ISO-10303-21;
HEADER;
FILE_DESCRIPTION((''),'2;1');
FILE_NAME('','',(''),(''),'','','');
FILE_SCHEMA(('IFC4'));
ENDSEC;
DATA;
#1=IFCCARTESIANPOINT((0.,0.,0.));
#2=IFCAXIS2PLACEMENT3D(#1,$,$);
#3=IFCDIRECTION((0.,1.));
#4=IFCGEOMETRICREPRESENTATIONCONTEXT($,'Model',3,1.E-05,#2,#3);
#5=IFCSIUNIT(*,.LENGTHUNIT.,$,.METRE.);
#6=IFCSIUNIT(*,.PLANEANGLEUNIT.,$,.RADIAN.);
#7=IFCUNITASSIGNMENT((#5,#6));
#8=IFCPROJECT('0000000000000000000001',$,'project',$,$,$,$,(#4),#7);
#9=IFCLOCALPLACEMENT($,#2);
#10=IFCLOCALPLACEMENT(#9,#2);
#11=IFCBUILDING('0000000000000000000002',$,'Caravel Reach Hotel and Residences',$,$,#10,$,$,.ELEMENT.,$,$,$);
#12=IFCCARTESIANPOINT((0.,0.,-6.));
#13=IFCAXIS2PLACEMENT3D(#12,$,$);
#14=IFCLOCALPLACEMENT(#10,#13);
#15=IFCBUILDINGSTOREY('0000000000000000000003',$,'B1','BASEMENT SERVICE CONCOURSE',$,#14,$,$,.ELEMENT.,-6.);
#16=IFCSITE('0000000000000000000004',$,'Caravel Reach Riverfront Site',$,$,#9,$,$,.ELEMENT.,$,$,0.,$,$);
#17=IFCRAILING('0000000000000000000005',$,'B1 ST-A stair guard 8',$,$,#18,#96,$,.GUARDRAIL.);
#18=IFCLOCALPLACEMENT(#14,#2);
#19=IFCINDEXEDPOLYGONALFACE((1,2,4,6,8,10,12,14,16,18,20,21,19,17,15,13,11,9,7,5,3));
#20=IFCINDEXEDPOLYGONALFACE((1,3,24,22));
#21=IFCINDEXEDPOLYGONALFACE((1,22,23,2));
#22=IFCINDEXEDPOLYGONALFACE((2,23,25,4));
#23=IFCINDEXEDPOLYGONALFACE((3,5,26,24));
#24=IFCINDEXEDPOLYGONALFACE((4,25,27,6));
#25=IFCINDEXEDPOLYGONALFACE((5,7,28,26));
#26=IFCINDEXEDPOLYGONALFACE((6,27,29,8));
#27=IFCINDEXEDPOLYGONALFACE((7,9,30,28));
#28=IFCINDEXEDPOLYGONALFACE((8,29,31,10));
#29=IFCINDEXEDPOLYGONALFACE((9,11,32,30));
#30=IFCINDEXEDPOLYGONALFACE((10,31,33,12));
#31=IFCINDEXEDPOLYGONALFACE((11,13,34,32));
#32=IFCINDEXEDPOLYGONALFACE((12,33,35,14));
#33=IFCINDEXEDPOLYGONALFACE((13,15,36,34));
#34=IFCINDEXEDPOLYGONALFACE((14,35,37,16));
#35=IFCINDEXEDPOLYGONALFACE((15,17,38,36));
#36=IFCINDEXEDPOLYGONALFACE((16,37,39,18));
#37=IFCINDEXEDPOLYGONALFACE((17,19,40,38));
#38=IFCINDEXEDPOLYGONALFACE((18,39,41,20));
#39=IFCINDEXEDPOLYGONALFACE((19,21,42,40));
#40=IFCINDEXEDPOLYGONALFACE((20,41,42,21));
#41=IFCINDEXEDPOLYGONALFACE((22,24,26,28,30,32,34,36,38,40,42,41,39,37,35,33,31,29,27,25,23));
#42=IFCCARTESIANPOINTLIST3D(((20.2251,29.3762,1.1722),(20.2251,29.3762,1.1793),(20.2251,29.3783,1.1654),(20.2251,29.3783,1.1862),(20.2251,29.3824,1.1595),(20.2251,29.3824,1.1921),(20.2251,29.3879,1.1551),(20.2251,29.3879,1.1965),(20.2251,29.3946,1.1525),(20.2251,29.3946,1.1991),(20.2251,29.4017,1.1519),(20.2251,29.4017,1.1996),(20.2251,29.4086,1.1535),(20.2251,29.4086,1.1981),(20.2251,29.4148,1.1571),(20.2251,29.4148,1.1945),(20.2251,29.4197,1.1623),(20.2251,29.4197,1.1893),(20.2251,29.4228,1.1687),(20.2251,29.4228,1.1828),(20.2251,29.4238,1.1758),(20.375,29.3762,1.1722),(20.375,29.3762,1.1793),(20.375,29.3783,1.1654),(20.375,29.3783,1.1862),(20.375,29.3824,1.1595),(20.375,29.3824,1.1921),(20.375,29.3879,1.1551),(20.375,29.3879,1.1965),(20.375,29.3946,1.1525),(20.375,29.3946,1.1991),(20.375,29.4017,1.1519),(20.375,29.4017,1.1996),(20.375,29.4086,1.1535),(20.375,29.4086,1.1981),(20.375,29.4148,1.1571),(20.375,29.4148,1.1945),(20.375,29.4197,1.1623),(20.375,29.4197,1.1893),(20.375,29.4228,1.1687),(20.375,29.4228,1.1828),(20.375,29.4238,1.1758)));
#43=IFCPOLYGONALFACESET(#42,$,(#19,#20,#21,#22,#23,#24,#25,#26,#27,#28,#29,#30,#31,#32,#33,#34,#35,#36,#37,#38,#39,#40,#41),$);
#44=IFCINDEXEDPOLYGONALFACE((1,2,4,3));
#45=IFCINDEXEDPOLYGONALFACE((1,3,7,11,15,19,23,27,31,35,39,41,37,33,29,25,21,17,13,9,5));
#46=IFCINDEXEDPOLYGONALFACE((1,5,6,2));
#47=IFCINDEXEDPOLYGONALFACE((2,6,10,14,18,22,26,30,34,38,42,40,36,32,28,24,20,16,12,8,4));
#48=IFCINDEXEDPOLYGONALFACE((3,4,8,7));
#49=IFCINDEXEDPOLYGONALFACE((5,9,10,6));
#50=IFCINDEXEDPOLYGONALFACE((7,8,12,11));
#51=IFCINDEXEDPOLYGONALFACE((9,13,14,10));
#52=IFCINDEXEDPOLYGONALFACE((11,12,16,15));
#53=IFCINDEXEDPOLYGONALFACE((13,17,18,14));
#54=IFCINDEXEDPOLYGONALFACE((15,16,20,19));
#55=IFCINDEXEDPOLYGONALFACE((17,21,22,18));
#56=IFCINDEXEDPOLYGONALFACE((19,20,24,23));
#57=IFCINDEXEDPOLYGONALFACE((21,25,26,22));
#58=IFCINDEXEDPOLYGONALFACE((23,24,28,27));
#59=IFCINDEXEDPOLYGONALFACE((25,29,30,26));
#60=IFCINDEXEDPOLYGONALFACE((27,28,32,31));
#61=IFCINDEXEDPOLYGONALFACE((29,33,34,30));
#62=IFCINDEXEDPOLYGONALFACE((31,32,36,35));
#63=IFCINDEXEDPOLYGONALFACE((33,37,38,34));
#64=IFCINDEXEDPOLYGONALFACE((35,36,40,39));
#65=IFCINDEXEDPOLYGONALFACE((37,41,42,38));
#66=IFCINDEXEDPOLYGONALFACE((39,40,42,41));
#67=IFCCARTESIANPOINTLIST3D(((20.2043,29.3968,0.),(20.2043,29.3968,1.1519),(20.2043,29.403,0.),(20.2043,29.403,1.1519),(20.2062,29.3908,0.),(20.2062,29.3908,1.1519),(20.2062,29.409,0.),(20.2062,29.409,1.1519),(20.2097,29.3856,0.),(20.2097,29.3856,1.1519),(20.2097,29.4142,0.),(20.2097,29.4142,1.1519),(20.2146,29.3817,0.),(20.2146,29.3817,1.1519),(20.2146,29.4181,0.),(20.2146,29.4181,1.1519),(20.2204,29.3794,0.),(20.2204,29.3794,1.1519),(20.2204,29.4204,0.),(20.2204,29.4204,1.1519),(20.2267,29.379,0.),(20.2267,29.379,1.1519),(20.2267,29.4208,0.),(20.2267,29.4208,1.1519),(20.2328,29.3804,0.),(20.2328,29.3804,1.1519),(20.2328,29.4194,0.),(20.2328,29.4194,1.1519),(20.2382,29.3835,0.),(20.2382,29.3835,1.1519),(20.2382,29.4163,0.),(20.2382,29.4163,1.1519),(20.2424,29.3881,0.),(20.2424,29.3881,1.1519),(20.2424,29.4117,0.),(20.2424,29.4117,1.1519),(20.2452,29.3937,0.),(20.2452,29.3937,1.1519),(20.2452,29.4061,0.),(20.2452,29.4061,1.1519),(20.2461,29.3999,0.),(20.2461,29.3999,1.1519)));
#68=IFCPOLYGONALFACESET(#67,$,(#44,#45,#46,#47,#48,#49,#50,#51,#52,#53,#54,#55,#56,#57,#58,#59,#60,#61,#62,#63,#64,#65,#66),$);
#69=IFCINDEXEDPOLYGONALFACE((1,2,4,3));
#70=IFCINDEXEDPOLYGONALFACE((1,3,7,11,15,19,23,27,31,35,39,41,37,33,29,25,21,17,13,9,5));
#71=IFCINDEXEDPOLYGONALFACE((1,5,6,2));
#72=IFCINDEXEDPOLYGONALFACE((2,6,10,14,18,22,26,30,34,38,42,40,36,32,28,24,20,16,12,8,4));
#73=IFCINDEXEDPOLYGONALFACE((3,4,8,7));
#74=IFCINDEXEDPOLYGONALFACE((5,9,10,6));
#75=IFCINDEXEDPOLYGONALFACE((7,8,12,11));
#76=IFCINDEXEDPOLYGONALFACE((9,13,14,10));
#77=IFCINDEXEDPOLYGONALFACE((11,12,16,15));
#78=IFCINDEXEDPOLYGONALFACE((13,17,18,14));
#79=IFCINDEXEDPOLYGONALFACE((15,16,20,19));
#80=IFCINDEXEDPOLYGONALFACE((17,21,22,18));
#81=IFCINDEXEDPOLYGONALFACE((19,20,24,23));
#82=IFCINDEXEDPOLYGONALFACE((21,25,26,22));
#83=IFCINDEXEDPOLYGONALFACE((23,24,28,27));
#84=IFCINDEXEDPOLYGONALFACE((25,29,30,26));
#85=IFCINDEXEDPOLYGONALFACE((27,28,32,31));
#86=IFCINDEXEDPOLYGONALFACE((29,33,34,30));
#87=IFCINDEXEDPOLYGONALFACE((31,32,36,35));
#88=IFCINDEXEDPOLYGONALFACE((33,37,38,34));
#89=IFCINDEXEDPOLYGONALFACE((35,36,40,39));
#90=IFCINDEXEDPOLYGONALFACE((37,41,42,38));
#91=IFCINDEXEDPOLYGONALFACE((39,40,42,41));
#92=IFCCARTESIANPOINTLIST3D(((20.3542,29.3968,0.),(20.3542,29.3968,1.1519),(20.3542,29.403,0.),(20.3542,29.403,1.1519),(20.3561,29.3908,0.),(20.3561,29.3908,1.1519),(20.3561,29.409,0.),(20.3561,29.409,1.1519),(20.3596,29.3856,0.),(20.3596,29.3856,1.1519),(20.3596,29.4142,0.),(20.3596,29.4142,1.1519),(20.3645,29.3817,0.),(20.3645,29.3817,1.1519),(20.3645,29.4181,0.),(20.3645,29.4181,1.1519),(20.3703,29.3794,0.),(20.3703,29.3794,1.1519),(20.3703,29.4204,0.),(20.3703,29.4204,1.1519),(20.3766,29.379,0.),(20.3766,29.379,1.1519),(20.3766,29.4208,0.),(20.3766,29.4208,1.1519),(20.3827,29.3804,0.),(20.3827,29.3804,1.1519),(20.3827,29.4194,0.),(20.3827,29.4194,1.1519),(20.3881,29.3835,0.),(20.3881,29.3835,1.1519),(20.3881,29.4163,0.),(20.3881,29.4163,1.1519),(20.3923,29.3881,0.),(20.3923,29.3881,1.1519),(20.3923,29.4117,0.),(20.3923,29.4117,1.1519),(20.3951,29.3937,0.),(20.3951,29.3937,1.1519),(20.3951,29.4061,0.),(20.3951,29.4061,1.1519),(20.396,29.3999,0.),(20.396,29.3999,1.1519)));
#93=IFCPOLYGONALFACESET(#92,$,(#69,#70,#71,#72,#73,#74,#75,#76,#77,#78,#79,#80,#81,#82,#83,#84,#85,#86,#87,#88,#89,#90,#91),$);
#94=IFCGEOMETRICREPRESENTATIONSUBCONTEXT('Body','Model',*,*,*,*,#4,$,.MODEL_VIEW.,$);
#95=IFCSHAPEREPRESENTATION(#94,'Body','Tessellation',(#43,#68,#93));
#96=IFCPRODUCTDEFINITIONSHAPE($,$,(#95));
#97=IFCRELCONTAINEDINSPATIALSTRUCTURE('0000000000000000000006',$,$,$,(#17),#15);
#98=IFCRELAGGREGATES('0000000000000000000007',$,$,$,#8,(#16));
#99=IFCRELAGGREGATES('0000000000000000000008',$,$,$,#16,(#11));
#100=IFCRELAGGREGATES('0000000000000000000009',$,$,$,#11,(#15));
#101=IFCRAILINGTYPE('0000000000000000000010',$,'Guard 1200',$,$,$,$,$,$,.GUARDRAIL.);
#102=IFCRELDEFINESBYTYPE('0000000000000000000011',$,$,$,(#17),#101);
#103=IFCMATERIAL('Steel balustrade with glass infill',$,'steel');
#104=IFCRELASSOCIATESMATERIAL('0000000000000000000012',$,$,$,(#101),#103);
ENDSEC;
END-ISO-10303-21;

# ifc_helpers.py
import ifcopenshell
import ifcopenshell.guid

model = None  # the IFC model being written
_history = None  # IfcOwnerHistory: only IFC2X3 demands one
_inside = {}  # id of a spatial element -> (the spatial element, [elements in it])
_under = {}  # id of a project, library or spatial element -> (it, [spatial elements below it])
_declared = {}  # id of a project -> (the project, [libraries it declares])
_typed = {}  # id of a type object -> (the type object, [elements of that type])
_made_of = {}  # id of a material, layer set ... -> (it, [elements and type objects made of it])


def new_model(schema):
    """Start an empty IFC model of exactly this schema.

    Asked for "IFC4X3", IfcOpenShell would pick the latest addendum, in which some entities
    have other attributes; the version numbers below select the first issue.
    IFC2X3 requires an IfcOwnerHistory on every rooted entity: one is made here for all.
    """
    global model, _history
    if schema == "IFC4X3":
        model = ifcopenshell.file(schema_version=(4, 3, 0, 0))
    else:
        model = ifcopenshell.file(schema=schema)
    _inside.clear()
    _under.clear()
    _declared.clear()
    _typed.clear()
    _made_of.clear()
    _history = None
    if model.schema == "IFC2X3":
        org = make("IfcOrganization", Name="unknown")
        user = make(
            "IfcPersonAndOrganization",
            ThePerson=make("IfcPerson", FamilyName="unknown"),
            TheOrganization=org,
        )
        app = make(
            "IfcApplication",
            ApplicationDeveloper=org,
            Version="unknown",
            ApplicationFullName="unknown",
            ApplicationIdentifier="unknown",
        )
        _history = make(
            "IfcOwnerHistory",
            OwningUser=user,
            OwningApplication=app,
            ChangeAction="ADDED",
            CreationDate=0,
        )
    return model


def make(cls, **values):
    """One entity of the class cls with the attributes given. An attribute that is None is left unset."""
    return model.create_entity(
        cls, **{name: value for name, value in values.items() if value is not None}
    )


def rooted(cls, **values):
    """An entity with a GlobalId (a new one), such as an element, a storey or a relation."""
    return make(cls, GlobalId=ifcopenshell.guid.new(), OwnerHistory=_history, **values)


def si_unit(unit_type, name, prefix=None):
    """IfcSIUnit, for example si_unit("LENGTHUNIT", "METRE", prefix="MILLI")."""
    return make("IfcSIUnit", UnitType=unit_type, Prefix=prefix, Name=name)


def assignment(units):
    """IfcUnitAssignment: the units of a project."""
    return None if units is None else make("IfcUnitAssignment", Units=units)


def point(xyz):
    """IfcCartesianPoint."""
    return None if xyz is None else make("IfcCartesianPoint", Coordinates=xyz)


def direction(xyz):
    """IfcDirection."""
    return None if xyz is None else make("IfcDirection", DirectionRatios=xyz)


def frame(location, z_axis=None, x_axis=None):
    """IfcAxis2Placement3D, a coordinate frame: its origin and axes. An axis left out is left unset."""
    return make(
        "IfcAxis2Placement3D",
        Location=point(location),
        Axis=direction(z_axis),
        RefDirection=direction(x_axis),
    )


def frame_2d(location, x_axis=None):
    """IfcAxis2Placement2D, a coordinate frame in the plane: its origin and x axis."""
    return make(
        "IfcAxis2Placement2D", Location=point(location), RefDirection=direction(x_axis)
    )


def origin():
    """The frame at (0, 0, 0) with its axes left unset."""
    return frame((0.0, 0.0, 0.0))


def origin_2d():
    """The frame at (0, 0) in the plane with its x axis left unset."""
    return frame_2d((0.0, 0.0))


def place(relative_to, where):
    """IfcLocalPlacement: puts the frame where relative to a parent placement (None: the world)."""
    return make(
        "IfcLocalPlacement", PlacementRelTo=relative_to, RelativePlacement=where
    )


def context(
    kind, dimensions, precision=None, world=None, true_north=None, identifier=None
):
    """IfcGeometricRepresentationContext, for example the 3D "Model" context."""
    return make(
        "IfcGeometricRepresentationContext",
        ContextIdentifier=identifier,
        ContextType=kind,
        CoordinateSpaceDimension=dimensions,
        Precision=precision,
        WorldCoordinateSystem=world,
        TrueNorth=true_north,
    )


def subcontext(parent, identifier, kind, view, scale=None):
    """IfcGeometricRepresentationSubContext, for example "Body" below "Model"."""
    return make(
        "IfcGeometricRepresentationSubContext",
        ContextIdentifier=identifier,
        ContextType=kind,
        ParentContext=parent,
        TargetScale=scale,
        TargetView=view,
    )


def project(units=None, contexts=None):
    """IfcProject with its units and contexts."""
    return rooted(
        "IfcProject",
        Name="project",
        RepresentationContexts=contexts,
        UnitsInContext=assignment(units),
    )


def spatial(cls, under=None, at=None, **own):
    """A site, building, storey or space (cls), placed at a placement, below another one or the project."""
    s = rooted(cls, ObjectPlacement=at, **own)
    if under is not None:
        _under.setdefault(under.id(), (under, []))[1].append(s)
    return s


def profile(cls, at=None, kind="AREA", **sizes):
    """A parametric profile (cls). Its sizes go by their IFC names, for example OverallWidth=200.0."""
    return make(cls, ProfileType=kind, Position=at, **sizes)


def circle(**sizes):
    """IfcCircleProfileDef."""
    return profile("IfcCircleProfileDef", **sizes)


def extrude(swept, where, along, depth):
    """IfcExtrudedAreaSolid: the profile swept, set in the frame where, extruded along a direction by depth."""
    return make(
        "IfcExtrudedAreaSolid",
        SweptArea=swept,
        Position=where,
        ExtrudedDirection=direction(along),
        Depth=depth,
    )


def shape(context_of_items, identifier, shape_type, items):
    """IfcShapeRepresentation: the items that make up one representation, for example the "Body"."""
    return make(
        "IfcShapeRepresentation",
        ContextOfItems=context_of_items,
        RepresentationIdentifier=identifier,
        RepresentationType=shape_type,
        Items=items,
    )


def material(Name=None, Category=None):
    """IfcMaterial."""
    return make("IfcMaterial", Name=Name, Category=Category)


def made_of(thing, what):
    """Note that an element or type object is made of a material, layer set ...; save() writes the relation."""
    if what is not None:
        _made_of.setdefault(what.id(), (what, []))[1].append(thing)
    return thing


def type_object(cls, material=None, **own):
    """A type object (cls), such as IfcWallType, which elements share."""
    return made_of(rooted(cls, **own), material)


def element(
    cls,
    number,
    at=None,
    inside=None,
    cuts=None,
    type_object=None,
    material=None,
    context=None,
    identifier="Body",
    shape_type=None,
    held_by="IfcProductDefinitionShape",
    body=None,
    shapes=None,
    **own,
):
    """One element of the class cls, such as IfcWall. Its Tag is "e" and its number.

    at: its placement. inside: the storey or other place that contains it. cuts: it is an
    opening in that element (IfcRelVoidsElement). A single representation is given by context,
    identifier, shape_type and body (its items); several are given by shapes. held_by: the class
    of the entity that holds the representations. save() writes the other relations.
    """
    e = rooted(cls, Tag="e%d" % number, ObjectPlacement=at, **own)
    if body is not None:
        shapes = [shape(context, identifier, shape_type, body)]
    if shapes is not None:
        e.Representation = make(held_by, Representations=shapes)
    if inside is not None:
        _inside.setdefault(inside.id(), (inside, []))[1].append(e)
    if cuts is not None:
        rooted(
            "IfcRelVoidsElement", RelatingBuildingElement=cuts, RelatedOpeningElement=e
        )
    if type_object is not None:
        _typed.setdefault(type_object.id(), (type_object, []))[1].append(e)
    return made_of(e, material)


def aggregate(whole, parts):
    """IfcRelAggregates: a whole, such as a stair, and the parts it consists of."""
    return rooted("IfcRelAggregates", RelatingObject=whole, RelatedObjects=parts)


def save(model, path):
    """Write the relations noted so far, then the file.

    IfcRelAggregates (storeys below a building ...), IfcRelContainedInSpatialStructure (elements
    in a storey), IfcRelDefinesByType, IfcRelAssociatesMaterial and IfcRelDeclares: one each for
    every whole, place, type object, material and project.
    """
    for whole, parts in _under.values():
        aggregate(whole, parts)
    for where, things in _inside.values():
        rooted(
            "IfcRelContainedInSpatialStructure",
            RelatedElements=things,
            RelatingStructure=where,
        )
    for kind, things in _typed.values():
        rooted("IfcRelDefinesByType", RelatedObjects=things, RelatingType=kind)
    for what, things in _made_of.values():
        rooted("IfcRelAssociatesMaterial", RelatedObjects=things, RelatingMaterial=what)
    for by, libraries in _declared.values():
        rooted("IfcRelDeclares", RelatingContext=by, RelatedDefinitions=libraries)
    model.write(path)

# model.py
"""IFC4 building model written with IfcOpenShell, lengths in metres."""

from ifc_helpers import new_model, si_unit, direction, frame, origin, origin_2d, place, context, subcontext, project, spatial, circle, extrude, material, type_object, element, save


model = new_model("IFC4")

# Units and contexts
model_context = context("Model", 3, precision=1e-05, world=origin(), true_north=direction((0.0, 1.0)))
body_context = subcontext(model_context, "Body", "Model", "MODEL_VIEW")
ifc_project = project(units=[si_unit("LENGTHUNIT", "METRE"), si_unit("PLANEANGLEUNIT", "RADIAN")], contexts=[model_context])

# Site, building, storey
site_placement = place(None, origin())
site = spatial("IfcSite", under=ifc_project, at=site_placement, Name="Caravel Reach Riverfront Site", CompositionType="ELEMENT", RefElevation=0.0)
building_placement = place(site_placement, origin())
building = spatial("IfcBuilding", under=site, at=building_placement, Name="Caravel Reach Hotel and Residences", CompositionType="ELEMENT")
storey_placement = place(building_placement, frame((0.0, 0.0, -6.0)))
storey = spatial("IfcBuildingStorey", under=building, at=storey_placement, Name="B1", Description="BASEMENT SERVICE CONCOURSE", CompositionType="ELEMENT", Elevation=-6.0)

# Railing
ifc_material_1 = material(Name="Steel balustrade with glass infill", Category="steel")
railing_type_1 = type_object("IfcRailingType", Name="Guard 1200", PredefinedType="GUARDRAIL", material=ifc_material_1)
railing_1_placement = place(storey_placement, frame((20.2251, 29.3999, 0.0)))
element("IfcRailing", 1, at=railing_1_placement, inside=storey, type_object=railing_type_1, Name="B1 ST-A stair guard 8", PredefinedType="GUARDRAIL", context=body_context, shape_type="SweptSolid", body=[
    extrude(circle(Radius=0.0239, at=origin_2d()), frame((0.0, 0.0, 1.1758), z_axis=(1.0, 0.0, 0.0), x_axis=(0.0, 1.0, 0.0)), (0.0, 0.0, 1.0), 0.1499),
    extrude(circle(Radius=0.021, at=origin_2d()), origin(), (0.0, 0.0, 1.0), 1.1519),
    extrude(circle(Radius=0.021, at=origin_2d()), frame((0.1499, 0.0, 0.0)), (0.0, 0.0, 1.0), 1.1519),
])

save(model, "model.ifc")
